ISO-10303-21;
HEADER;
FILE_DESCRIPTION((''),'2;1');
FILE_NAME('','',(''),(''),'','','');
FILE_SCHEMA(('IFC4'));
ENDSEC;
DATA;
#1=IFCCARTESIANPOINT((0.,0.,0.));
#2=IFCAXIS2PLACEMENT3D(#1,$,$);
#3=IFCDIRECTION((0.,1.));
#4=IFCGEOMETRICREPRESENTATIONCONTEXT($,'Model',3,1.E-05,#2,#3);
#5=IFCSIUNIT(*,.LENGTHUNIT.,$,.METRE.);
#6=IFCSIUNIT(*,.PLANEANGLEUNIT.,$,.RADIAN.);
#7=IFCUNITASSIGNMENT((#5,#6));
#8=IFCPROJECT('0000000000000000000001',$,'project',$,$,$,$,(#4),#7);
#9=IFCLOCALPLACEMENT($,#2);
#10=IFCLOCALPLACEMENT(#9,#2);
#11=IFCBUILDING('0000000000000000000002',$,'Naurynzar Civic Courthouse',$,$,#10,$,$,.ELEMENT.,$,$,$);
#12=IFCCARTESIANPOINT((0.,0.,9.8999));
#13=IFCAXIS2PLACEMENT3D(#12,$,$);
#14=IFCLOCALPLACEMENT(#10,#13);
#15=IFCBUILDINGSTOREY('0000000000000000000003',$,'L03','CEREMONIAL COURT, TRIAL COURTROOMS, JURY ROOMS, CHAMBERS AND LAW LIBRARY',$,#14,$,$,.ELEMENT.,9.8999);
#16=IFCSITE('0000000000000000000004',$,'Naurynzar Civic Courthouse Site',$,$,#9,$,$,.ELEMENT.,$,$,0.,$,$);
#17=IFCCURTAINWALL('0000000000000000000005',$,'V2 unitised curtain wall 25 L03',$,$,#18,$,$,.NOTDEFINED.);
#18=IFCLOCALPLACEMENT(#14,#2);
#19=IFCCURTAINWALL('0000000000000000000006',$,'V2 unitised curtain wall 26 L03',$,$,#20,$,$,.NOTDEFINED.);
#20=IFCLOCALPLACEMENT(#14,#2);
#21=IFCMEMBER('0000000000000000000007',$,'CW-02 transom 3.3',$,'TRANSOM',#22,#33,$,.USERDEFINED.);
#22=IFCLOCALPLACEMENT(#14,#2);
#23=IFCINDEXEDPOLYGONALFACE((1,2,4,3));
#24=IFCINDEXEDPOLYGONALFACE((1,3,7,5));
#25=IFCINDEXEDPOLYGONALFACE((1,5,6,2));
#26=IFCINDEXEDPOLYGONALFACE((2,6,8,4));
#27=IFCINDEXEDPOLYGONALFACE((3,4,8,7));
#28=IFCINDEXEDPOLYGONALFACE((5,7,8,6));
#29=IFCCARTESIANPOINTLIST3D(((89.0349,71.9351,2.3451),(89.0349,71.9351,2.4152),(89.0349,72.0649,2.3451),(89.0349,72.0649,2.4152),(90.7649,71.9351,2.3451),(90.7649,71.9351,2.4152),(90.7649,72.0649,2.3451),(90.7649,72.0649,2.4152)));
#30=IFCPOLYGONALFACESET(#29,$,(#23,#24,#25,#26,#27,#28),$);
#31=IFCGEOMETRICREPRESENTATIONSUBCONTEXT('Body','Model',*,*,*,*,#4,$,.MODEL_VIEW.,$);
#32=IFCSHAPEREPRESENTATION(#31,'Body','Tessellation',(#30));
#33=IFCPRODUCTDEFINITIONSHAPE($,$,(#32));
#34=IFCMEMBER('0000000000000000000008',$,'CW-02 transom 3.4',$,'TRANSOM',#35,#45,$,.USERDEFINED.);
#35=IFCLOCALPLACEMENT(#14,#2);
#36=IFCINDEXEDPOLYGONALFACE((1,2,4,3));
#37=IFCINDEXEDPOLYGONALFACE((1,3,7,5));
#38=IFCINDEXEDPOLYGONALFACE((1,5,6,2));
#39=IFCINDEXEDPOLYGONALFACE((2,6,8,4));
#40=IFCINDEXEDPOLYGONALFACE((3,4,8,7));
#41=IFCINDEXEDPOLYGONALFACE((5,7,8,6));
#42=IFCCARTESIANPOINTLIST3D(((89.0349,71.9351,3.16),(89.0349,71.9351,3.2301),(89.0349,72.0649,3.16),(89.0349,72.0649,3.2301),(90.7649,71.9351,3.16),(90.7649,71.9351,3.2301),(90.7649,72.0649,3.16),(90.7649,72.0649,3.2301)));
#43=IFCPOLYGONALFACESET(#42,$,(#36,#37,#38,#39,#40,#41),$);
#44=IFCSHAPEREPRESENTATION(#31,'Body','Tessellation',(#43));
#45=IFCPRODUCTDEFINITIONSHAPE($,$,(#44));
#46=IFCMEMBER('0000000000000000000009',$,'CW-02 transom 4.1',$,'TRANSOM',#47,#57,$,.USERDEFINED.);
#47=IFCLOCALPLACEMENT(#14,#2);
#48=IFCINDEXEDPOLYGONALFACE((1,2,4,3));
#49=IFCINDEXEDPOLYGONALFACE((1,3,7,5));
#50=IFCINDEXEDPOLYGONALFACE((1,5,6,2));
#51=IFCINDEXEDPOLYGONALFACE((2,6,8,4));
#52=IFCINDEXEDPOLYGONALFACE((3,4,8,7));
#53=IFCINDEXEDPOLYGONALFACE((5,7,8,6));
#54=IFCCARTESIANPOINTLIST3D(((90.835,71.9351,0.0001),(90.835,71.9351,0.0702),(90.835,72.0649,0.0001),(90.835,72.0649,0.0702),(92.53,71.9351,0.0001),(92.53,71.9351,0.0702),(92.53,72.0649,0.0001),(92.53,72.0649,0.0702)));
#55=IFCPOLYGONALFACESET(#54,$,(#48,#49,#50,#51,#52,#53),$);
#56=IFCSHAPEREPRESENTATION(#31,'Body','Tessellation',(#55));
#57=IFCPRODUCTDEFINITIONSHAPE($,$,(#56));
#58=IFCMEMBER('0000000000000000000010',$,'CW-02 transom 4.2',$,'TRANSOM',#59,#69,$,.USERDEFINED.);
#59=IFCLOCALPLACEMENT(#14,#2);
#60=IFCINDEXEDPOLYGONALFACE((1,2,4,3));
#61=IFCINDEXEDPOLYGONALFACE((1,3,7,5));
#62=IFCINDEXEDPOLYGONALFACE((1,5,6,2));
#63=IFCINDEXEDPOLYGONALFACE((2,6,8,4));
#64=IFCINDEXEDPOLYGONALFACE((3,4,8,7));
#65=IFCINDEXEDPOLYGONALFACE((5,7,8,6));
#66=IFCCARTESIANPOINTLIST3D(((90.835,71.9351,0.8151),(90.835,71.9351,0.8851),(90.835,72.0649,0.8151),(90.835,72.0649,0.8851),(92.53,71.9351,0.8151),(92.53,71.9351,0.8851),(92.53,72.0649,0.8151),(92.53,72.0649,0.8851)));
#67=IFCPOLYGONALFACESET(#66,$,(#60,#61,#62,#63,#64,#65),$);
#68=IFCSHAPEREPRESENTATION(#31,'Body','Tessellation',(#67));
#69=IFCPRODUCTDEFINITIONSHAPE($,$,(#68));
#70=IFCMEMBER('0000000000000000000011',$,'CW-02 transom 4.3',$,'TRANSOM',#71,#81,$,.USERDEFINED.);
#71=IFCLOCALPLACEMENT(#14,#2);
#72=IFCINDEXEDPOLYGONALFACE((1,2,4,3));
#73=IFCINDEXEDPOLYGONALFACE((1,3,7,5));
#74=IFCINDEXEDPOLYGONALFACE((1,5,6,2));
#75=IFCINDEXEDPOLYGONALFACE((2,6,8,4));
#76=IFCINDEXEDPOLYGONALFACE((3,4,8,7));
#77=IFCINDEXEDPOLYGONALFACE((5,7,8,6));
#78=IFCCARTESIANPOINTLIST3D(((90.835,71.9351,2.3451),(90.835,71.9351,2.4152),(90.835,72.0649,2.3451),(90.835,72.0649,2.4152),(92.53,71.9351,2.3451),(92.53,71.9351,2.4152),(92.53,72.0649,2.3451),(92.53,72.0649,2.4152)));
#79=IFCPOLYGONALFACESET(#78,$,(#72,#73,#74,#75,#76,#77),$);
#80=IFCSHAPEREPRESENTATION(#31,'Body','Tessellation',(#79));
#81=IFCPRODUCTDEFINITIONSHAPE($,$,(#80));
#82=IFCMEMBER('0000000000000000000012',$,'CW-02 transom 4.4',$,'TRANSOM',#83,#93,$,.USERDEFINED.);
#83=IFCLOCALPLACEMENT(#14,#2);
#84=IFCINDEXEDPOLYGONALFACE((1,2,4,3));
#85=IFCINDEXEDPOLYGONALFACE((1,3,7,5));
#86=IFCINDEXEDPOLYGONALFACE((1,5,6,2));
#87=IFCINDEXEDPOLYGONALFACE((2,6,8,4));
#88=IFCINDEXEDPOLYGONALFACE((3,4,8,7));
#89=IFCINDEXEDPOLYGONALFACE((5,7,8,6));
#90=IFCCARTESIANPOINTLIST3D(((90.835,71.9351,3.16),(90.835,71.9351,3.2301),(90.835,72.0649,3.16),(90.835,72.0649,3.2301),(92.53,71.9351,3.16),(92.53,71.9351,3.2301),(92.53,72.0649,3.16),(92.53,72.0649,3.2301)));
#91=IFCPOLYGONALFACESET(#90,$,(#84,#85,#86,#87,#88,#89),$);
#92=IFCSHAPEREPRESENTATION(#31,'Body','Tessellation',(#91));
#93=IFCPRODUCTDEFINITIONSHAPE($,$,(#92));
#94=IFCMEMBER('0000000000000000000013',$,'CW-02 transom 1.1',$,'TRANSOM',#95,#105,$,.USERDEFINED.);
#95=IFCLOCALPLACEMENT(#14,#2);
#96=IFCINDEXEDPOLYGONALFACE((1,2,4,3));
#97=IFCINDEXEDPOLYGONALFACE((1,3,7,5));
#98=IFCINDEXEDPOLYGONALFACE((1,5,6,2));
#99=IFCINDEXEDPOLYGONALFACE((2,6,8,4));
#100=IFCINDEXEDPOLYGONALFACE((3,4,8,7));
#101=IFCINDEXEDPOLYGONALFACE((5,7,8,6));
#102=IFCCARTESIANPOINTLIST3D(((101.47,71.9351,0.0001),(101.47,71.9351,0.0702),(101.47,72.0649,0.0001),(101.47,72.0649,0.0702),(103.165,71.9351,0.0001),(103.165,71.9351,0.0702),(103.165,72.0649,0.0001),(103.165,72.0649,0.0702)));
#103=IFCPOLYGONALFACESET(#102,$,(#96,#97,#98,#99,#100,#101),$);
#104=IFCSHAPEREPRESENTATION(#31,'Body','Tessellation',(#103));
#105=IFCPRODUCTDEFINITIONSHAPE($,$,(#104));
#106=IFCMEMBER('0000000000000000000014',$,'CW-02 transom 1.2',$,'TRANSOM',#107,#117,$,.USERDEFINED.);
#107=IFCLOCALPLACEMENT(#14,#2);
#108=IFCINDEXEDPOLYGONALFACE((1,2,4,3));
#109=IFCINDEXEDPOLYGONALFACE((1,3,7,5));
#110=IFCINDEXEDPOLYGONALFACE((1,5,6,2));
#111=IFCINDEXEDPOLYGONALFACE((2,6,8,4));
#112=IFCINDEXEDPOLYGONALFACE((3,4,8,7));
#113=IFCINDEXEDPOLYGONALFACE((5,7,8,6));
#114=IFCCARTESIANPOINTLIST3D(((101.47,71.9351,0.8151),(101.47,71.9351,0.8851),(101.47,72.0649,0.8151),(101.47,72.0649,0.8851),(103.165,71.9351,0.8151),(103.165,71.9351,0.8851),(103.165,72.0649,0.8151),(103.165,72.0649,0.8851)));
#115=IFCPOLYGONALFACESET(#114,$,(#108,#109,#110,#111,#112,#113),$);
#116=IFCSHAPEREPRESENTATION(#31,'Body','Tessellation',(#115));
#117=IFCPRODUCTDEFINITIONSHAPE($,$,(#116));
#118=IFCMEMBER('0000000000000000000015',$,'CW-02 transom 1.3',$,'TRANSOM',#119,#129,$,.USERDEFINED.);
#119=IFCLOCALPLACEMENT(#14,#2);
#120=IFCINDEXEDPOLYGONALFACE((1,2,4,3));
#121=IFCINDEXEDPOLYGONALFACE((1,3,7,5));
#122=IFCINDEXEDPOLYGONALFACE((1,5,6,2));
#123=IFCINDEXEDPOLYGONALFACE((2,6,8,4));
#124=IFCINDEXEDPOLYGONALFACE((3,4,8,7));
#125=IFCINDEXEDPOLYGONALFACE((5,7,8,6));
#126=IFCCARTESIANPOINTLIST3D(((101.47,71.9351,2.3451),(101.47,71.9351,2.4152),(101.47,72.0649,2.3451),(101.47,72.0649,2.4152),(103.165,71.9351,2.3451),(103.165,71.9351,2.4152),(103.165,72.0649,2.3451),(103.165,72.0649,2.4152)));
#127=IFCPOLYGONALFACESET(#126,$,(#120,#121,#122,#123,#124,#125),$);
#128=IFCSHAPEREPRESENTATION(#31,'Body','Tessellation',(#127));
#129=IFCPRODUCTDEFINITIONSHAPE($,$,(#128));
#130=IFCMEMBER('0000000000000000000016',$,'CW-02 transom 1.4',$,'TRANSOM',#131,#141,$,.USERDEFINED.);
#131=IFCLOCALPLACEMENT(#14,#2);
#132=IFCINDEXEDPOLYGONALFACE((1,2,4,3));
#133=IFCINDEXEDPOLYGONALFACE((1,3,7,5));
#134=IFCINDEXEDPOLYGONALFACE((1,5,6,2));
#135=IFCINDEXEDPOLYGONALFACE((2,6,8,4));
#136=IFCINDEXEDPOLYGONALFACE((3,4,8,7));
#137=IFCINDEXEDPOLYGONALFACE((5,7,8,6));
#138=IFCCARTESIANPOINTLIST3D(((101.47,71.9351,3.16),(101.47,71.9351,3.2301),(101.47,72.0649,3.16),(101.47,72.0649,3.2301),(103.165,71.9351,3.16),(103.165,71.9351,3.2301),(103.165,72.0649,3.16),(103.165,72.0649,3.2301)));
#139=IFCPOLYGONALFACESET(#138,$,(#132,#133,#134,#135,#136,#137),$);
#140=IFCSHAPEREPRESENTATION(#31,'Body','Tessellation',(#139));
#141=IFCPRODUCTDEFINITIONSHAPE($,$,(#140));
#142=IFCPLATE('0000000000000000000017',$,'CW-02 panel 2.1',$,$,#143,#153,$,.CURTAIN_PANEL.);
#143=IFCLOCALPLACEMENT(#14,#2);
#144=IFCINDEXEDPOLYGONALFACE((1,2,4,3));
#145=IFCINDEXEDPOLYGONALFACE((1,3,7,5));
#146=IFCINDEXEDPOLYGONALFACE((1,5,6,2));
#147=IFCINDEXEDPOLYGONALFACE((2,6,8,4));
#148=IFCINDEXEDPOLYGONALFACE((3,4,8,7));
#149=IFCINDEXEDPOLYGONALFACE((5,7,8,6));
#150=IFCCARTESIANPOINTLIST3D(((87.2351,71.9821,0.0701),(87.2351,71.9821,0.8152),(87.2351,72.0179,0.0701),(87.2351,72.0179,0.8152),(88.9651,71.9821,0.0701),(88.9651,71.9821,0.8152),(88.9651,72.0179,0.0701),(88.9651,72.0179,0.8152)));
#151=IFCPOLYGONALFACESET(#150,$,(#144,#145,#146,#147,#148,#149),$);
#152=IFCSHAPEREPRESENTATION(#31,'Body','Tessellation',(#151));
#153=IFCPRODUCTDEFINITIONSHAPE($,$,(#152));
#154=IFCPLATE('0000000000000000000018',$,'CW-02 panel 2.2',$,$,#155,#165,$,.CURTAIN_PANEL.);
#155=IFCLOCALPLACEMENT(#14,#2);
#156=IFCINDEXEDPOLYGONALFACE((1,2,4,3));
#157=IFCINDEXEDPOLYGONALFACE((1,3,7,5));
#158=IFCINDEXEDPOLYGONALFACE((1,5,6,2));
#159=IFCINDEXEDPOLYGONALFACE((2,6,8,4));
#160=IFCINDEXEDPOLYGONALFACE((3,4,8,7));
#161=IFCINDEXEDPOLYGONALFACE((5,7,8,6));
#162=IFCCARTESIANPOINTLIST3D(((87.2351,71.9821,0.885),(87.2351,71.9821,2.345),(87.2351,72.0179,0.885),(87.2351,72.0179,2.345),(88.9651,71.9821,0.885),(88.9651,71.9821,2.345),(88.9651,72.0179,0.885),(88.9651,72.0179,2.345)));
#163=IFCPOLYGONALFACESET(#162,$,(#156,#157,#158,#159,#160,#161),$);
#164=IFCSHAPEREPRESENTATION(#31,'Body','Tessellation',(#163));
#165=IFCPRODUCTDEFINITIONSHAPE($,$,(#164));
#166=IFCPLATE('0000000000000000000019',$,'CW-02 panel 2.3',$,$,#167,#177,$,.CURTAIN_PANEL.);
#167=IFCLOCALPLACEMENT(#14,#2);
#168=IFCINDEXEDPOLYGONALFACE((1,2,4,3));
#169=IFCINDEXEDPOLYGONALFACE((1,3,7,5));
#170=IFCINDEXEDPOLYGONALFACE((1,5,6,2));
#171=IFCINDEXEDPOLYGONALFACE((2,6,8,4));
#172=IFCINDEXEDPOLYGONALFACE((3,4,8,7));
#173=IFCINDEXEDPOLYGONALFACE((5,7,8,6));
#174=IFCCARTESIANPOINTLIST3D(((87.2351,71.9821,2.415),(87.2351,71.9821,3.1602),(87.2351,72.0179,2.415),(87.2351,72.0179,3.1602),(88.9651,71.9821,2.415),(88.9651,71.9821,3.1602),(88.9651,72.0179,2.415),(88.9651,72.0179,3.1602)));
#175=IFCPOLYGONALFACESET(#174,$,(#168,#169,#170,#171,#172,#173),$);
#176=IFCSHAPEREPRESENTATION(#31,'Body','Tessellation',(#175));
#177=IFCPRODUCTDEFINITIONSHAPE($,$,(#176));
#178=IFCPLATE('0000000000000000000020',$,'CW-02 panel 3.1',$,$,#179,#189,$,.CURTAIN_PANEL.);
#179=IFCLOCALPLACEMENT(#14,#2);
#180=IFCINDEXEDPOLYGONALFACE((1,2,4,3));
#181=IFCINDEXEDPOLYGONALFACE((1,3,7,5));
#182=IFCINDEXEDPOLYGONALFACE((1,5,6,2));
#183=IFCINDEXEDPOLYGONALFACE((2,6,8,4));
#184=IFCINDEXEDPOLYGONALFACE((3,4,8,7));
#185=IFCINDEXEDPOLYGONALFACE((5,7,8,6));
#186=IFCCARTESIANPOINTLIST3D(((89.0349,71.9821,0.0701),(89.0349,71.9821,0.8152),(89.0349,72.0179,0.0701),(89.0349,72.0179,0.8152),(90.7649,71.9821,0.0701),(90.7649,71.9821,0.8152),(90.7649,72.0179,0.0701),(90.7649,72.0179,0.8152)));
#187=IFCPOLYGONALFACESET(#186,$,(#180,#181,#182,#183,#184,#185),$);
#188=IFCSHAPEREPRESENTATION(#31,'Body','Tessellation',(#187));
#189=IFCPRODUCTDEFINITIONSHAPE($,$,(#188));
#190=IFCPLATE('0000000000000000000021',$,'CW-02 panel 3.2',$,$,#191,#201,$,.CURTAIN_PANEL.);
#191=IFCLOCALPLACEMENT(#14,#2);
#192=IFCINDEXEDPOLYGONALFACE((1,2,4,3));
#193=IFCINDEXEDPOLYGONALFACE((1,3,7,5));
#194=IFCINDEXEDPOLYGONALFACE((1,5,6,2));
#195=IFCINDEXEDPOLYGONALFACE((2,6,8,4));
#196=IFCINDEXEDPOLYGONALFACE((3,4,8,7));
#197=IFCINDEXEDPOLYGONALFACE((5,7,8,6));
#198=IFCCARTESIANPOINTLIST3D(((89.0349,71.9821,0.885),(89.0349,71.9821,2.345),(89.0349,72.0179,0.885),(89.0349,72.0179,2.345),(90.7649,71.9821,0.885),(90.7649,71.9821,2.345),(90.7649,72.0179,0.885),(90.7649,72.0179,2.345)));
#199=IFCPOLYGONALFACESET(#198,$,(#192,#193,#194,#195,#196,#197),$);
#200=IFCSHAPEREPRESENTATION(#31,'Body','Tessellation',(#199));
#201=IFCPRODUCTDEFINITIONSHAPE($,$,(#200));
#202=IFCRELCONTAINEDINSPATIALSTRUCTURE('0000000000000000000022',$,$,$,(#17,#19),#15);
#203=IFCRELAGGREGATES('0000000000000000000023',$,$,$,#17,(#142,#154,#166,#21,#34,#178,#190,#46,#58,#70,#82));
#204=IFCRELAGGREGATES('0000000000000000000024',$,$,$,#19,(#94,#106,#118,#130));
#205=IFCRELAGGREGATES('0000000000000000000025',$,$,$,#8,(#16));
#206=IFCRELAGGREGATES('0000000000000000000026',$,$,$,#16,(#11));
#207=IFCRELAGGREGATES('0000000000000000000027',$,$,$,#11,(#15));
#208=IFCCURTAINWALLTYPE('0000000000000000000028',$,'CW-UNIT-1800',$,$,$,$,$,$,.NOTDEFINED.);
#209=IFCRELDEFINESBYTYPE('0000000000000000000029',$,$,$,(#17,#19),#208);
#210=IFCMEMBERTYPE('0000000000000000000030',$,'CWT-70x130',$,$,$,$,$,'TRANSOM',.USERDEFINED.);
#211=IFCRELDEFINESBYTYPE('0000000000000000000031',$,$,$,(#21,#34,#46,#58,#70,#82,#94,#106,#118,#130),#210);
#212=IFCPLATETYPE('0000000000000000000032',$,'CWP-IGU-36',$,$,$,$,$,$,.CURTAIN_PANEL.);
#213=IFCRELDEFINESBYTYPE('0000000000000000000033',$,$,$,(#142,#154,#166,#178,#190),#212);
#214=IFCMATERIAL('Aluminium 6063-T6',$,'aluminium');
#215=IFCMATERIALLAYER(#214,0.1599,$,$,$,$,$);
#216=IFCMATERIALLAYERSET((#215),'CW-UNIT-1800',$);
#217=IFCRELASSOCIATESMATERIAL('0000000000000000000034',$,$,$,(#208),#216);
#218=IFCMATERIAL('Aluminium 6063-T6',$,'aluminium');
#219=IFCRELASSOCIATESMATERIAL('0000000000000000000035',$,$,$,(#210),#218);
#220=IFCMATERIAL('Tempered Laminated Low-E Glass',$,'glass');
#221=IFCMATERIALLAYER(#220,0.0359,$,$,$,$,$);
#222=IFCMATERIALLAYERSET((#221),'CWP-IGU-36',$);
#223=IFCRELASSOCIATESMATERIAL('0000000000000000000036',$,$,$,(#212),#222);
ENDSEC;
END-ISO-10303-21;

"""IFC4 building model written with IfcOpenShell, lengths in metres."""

from ifc_helpers import new_model, si_unit, direction, frame, origin, origin_2d, place, context, subcontext, project, spatial, rectangle, extrude, material, layer, layer_set, material_profile, profile_set, type_object, element, aggregate, save


model = new_model("IFC4")

# Units and contexts
model_context = context("Model", 3, precision=1e-05, world=origin(), true_north=direction((0.0, 1.0)))
body_context = subcontext(model_context, "Body", "Model", "MODEL_VIEW")
ifc_project = project(units=[si_unit("LENGTHUNIT", "METRE"), si_unit("PLANEANGLEUNIT", "RADIAN")], contexts=[model_context])

# Site, building, storey
site_placement = place(None, origin())
site = spatial("IfcSite", under=ifc_project, at=site_placement, Name="Naurynzar Civic Courthouse Site", CompositionType="ELEMENT", RefElevation=0.0)
building_placement = place(site_placement, origin())
building = spatial("IfcBuilding", under=site, at=building_placement, Name="Naurynzar Civic Courthouse", CompositionType="ELEMENT")
storey_placement = place(building_placement, frame((0.0, 0.0, 9.8999)))
storey = spatial("IfcBuildingStorey", under=building, at=storey_placement, Name="L03", Description="CEREMONIAL COURT, TRIAL COURTROOMS, JURY ROOMS, CHAMBERS AND LAW LIBRARY", CompositionType="ELEMENT", Elevation=9.8999)

# Curtain wall
ifc_material_1 = material(Name="Aluminium 6063-T6", Category="aluminium")
ifc_layer_1 = layer(ifc_material_1, 0.1599)
ifc_layer_set_1 = layer_set([ifc_layer_1], Name="CW-UNIT-1800")
curtain_wall_type = type_object("IfcCurtainWallType", Name="CW-UNIT-1800", PredefinedType="NOTDEFINED", material=ifc_layer_set_1)
curtain_wall_1_placement = place(storey_placement, origin())
curtain_wall_1 = element("IfcCurtainWall", 1, at=curtain_wall_1_placement, inside=storey, type_object=curtain_wall_type, Name="V2 unitised curtain wall 25 L03", PredefinedType="NOTDEFINED")

# Curtain wall
curtain_wall_2_placement = place(storey_placement, origin())
curtain_wall_2 = element("IfcCurtainWall", 2, at=curtain_wall_2_placement, inside=storey, type_object=curtain_wall_type, Name="V2 unitised curtain wall 26 L03", PredefinedType="NOTDEFINED")

# Members
ifc_material_2 = material(Name="Aluminium 6063-T6", Category="aluminium")
ifc_material_profile_1 = material_profile(ifc_material_2, rectangle(XDim=0.1299, YDim=0.0701, at=origin_2d()), Name="ALU TRANSOM 70x130")
ifc_profile_set_1 = profile_set([ifc_material_profile_1], Name="Aluminium 6063-T6")
member_type_1 = type_object("IfcMemberType", Name="CWT-70x130", ElementType="TRANSOM", PredefinedType="USERDEFINED", material=ifc_profile_set_1)
member_1_placement = place(storey_placement, frame((89.0349, 72.0, 2.3801), z_axis=(1.0, 0.0, 0.0), x_axis=(0.0, 1.0, 0.0)))
member_1 = element("IfcMember", 3, at=member_1_placement, type_object=member_type_1, Name="CW-02 transom 3.3", ObjectType="TRANSOM", PredefinedType="USERDEFINED", context=body_context, shape_type="SweptSolid", body=[
    extrude(rectangle(XDim=0.1299, YDim=0.0701, at=origin_2d()), origin(), (0.0, 0.0, 1.0), 1.73),
])
member_2_placement = place(storey_placement, frame((89.0349, 72.0, 3.1951), z_axis=(1.0, 0.0, 0.0), x_axis=(0.0, 1.0, 0.0)))
member_2 = element("IfcMember", 4, at=member_2_placement, type_object=member_type_1, Name="CW-02 transom 3.4", ObjectType="TRANSOM", PredefinedType="USERDEFINED", context=body_context, shape_type="SweptSolid", body=[
    extrude(rectangle(XDim=0.1299, YDim=0.0701, at=origin_2d()), origin(), (0.0, 0.0, 1.0), 1.73),
])
member_3_placement = place(storey_placement, frame((90.835, 72.0, 0.0352), z_axis=(1.0, 0.0, 0.0), x_axis=(0.0, 1.0, 0.0)))
member_3 = element("IfcMember", 5, at=member_3_placement, type_object=member_type_1, Name="CW-02 transom 4.1", ObjectType="TRANSOM", PredefinedType="USERDEFINED", context=body_context, shape_type="SweptSolid", body=[
    extrude(rectangle(XDim=0.1299, YDim=0.0701, at=origin_2d()), origin(), (0.0, 0.0, 1.0), 1.6951),
])
member_4_placement = place(storey_placement, frame((90.835, 72.0, 0.8501), z_axis=(1.0, 0.0, 0.0), x_axis=(0.0, 1.0, 0.0)))
member_4 = element("IfcMember", 6, at=member_4_placement, type_object=member_type_1, Name="CW-02 transom 4.2", ObjectType="TRANSOM", PredefinedType="USERDEFINED", context=body_context, shape_type="SweptSolid", body=[
    extrude(rectangle(XDim=0.1299, YDim=0.0701, at=origin_2d()), origin(), (0.0, 0.0, 1.0), 1.6951),
])
member_5_placement = place(storey_placement, frame((90.835, 72.0, 2.3801), z_axis=(1.0, 0.0, 0.0), x_axis=(0.0, 1.0, 0.0)))
member_5 = element("IfcMember", 7, at=member_5_placement, type_object=member_type_1, Name="CW-02 transom 4.3", ObjectType="TRANSOM", PredefinedType="USERDEFINED", context=body_context, shape_type="SweptSolid", body=[
    extrude(rectangle(XDim=0.1299, YDim=0.0701, at=origin_2d()), origin(), (0.0, 0.0, 1.0), 1.6951),
])
member_6_placement = place(storey_placement, frame((90.835, 72.0, 3.1951), z_axis=(1.0, 0.0, 0.0), x_axis=(0.0, 1.0, 0.0)))
member_6 = element("IfcMember", 8, at=member_6_placement, type_object=member_type_1, Name="CW-02 transom 4.4", ObjectType="TRANSOM", PredefinedType="USERDEFINED", context=body_context, shape_type="SweptSolid", body=[
    extrude(rectangle(XDim=0.1299, YDim=0.0701, at=origin_2d()), origin(), (0.0, 0.0, 1.0), 1.6951),
])
member_7_placement = place(storey_placement, frame((101.47, 72.0, 0.0352), z_axis=(1.0, 0.0, 0.0), x_axis=(0.0, 1.0, 0.0)))
member_7 = element("IfcMember", 9, at=member_7_placement, type_object=member_type_1, Name="CW-02 transom 1.1", ObjectType="TRANSOM", PredefinedType="USERDEFINED", context=body_context, shape_type="SweptSolid", body=[
    extrude(rectangle(XDim=0.1299, YDim=0.0701, at=origin_2d()), origin(), (0.0, 0.0, 1.0), 1.6951),
])
member_8_placement = place(storey_placement, frame((101.47, 72.0, 0.8501), z_axis=(1.0, 0.0, 0.0), x_axis=(0.0, 1.0, 0.0)))
member_8 = element("IfcMember", 10, at=member_8_placement, type_object=member_type_1, Name="CW-02 transom 1.2", ObjectType="TRANSOM", PredefinedType="USERDEFINED", context=body_context, shape_type="SweptSolid", body=[
    extrude(rectangle(XDim=0.1299, YDim=0.0701, at=origin_2d()), origin(), (0.0, 0.0, 1.0), 1.6951),
])
member_9_placement = place(storey_placement, frame((101.47, 72.0, 2.3801), z_axis=(1.0, 0.0, 0.0), x_axis=(0.0, 1.0, 0.0)))
member_9 = element("IfcMember", 11, at=member_9_placement, type_object=member_type_1, Name="CW-02 transom 1.3", ObjectType="TRANSOM", PredefinedType="USERDEFINED", context=body_context, shape_type="SweptSolid", body=[
    extrude(rectangle(XDim=0.1299, YDim=0.0701, at=origin_2d()), origin(), (0.0, 0.0, 1.0), 1.6951),
])
member_10_placement = place(storey_placement, frame((101.47, 72.0, 3.1951), z_axis=(1.0, 0.0, 0.0), x_axis=(0.0, 1.0, 0.0)))
member_10 = element("IfcMember", 12, at=member_10_placement, type_object=member_type_1, Name="CW-02 transom 1.4", ObjectType="TRANSOM", PredefinedType="USERDEFINED", context=body_context, shape_type="SweptSolid", body=[
    extrude(rectangle(XDim=0.1299, YDim=0.0701, at=origin_2d()), origin(), (0.0, 0.0, 1.0), 1.6951),
])

# Plates
ifc_material_3 = material(Name="Tempered Laminated Low-E Glass", Category="glass")
ifc_layer_2 = layer(ifc_material_3, 0.0359)
ifc_layer_set_2 = layer_set([ifc_layer_2], Name="CWP-IGU-36")
plate_type = type_object("IfcPlateType", Name="CWP-IGU-36", PredefinedType="CURTAIN_PANEL", material=ifc_layer_set_2)
plate_1_placement = place(storey_placement, frame((88.1001, 72.0, 0.0701), z_axis=(0.0, 0.0, 1.0), x_axis=(1.0, 0.0, 0.0)))
plate_1 = element("IfcPlate", 13, at=plate_1_placement, type_object=plate_type, Name="CW-02 panel 2.1", PredefinedType="CURTAIN_PANEL", context=body_context, shape_type="SweptSolid", body=[
    extrude(rectangle(XDim=1.73, YDim=0.0359, at=origin_2d()), origin(), (0.0, 0.0, 1.0), 0.7451),
])
plate_2_placement = place(storey_placement, frame((88.1001, 72.0, 0.885), z_axis=(0.0, 0.0, 1.0), x_axis=(1.0, 0.0, 0.0)))
plate_2 = element("IfcPlate", 14, at=plate_2_placement, type_object=plate_type, Name="CW-02 panel 2.2", PredefinedType="CURTAIN_PANEL", context=body_context, shape_type="SweptSolid", body=[
    extrude(rectangle(XDim=1.73, YDim=0.0359, at=origin_2d()), origin(), (0.0, 0.0, 1.0), 1.46),
])
plate_3_placement = place(storey_placement, frame((88.1001, 72.0, 2.415), z_axis=(0.0, 0.0, 1.0), x_axis=(1.0, 0.0, 0.0)))
plate_3 = element("IfcPlate", 15, at=plate_3_placement, type_object=plate_type, Name="CW-02 panel 2.3", PredefinedType="CURTAIN_PANEL", context=body_context, shape_type="SweptSolid", body=[
    extrude(rectangle(XDim=1.73, YDim=0.0359, at=origin_2d()), origin(), (0.0, 0.0, 1.0), 0.7451),
])
plate_4_placement = place(storey_placement, frame((89.8999, 72.0, 0.0701), z_axis=(0.0, 0.0, 1.0), x_axis=(1.0, 0.0, 0.0)))
plate_4 = element("IfcPlate", 16, at=plate_4_placement, type_object=plate_type, Name="CW-02 panel 3.1", PredefinedType="CURTAIN_PANEL", context=body_context, shape_type="SweptSolid", body=[
    extrude(rectangle(XDim=1.73, YDim=0.0359, at=origin_2d()), origin(), (0.0, 0.0, 1.0), 0.7451),
])
plate_5_placement = place(storey_placement, frame((89.8999, 72.0, 0.885), z_axis=(0.0, 0.0, 1.0), x_axis=(1.0, 0.0, 0.0)))
plate_5 = element("IfcPlate", 17, at=plate_5_placement, type_object=plate_type, Name="CW-02 panel 3.2", PredefinedType="CURTAIN_PANEL", context=body_context, shape_type="SweptSolid", body=[
    extrude(rectangle(XDim=1.73, YDim=0.0359, at=origin_2d()), origin(), (0.0, 0.0, 1.0), 1.46),
])
aggregate(curtain_wall_1, [plate_1, plate_2, plate_3, member_1, member_2, plate_4, plate_5, member_3, member_4, member_5, member_6])
aggregate(curtain_wall_2, [member_7, member_8, member_9, member_10])

save(model, "model.ifc")
